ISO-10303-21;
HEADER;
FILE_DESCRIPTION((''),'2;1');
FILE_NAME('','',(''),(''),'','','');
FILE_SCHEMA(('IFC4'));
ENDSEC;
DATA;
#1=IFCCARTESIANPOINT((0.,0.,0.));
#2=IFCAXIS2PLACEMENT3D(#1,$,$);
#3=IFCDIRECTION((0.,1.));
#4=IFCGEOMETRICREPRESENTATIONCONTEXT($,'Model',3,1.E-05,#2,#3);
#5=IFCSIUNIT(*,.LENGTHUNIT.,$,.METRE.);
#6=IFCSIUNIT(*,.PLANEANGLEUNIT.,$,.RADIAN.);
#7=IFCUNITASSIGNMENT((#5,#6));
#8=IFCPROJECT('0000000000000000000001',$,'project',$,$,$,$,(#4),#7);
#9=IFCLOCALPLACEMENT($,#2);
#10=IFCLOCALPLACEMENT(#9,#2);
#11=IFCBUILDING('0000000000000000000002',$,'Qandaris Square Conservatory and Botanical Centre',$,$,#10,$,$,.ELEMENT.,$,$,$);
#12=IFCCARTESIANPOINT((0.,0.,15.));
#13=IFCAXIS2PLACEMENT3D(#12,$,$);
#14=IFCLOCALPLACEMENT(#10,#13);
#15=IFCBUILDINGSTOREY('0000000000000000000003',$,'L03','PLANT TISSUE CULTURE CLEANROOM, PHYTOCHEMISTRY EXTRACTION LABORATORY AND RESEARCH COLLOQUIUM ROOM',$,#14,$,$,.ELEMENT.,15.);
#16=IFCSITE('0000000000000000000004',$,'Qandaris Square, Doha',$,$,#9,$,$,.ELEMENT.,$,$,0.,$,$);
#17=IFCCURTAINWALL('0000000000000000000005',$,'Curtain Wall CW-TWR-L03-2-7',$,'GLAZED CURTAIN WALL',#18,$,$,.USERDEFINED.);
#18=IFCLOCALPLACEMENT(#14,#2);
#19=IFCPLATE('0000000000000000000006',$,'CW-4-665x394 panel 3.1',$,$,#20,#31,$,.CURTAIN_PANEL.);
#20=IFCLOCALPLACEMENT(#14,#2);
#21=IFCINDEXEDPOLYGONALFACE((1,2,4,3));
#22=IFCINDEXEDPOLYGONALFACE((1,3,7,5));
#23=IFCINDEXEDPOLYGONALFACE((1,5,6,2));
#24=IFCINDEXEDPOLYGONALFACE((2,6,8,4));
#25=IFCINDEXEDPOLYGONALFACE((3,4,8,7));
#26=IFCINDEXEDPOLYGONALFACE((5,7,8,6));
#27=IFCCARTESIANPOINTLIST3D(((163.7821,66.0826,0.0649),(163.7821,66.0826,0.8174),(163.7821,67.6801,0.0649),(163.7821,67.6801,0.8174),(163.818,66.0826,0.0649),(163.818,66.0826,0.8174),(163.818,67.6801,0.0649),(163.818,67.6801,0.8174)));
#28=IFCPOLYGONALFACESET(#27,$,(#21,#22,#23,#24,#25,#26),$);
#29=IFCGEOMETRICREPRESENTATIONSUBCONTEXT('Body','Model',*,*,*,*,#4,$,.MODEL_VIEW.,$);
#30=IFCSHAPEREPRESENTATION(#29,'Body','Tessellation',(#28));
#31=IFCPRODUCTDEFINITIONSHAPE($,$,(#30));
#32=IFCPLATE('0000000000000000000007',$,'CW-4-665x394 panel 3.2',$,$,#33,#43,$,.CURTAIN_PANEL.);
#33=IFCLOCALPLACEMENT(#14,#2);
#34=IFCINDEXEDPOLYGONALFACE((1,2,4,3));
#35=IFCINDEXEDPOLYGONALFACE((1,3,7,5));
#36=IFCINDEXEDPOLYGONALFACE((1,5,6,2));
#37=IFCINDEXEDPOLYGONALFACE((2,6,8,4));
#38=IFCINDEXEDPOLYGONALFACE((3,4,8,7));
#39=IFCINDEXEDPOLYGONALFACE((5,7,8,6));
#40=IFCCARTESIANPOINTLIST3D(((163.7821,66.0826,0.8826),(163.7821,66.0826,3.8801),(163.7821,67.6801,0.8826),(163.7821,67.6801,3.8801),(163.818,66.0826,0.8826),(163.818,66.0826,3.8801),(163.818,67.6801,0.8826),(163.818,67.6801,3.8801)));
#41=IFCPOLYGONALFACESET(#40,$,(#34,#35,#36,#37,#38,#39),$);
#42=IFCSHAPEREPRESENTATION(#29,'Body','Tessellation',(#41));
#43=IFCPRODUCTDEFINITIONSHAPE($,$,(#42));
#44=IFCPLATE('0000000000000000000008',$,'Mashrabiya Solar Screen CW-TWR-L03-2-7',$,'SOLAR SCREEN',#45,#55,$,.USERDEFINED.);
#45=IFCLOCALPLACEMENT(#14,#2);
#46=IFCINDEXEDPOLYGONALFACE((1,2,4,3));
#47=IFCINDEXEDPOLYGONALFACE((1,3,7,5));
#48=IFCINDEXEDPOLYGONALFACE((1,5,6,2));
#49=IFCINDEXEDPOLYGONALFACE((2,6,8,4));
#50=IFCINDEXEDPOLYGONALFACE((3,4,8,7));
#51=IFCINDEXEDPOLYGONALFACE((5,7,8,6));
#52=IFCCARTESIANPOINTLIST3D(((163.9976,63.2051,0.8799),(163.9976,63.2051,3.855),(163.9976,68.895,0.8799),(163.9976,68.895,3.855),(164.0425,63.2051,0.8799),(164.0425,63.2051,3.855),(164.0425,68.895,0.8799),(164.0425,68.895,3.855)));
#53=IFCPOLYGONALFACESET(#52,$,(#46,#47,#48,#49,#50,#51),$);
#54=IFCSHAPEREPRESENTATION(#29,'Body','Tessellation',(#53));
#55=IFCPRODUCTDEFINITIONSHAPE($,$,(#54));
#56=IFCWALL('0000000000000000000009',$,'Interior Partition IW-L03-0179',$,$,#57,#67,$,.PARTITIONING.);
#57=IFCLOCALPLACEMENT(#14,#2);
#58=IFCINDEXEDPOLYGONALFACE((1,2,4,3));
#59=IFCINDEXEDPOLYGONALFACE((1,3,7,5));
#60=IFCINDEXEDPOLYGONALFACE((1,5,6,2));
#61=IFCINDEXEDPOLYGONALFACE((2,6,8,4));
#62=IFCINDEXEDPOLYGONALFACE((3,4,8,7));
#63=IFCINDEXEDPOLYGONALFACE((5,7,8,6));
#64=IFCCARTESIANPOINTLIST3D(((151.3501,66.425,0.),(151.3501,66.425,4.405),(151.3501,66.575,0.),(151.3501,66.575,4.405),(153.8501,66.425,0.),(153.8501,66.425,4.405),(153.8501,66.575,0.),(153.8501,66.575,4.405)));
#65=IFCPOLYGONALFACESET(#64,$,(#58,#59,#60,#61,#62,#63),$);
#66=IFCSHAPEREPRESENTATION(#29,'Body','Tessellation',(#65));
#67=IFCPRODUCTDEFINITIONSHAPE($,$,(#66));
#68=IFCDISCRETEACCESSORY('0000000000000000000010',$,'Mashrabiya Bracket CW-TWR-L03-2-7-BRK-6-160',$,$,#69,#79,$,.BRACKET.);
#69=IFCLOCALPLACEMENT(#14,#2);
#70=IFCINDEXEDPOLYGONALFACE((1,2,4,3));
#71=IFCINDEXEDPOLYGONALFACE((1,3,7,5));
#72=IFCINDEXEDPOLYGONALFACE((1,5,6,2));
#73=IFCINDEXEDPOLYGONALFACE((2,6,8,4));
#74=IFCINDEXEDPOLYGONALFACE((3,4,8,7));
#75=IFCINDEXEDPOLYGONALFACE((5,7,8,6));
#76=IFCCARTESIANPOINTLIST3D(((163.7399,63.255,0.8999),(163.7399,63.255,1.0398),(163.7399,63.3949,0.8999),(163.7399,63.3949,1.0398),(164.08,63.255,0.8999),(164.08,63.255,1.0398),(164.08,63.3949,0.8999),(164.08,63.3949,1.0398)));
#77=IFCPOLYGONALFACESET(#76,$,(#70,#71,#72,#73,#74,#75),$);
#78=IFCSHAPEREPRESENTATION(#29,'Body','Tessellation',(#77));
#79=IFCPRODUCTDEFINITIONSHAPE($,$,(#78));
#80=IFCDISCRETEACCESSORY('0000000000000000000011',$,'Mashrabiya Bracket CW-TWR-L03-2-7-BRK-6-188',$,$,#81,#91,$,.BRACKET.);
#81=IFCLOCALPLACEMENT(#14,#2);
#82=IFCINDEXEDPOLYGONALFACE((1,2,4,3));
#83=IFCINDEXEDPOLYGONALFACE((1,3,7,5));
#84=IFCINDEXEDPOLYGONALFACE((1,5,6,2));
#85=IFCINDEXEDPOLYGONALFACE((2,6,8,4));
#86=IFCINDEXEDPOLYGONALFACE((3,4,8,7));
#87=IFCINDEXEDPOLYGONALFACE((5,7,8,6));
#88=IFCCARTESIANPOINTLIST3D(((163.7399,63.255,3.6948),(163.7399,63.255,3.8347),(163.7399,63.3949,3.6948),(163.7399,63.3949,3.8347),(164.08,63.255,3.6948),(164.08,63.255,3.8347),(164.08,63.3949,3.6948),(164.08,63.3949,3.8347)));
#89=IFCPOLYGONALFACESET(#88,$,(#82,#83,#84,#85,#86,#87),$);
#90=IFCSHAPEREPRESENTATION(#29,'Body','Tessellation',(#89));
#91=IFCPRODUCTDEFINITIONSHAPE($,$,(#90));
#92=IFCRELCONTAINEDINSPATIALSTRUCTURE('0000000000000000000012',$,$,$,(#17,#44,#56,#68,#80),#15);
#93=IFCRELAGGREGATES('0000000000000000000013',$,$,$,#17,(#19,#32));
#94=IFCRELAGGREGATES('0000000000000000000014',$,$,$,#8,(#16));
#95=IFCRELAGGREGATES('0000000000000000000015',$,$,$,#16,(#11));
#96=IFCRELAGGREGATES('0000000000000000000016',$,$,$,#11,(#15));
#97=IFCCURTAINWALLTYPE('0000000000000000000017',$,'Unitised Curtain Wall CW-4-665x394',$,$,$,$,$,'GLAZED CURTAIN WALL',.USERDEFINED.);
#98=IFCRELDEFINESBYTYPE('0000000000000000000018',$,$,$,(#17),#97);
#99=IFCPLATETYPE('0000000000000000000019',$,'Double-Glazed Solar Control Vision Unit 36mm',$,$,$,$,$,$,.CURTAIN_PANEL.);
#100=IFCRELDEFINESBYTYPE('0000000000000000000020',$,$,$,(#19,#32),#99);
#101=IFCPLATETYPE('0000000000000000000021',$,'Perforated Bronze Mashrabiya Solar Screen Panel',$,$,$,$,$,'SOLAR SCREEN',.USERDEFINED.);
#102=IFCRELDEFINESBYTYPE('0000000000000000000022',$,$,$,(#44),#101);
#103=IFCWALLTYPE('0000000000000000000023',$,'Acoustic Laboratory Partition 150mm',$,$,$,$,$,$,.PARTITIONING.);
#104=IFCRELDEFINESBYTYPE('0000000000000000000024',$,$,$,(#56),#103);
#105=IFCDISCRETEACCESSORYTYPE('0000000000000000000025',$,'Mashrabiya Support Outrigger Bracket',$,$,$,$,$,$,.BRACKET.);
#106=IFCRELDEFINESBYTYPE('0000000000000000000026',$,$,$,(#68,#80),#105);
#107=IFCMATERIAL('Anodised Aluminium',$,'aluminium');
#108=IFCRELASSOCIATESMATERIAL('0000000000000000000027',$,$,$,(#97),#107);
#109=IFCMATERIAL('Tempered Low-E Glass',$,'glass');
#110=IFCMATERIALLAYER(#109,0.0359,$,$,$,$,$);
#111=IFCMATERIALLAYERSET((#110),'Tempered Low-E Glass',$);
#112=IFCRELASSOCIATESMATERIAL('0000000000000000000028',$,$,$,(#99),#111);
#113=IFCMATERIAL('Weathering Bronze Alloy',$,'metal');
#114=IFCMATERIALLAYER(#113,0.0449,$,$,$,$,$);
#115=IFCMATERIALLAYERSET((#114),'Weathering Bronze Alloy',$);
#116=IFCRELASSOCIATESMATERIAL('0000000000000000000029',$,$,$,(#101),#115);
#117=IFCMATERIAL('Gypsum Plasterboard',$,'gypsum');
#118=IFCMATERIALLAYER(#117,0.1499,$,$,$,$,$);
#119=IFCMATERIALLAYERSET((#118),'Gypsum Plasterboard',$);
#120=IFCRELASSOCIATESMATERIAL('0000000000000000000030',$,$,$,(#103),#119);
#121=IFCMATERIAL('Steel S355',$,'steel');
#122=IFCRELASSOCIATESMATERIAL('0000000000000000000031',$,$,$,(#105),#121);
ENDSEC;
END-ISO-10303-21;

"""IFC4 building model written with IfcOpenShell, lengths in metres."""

from ifc_helpers import new_model, si_unit, direction, frame, frame_2d, origin, origin_2d, place, context, subcontext, project, spatial, rectangle, extrude, material, layer, layer_set, type_object, element, aggregate, save


model = new_model("IFC4")

# Units and contexts
model_context = context("Model", 3, precision=1e-05, world=origin(), true_north=direction((0.0, 1.0)))
body_context = subcontext(model_context, "Body", "Model", "MODEL_VIEW")
ifc_project = project(units=[si_unit("LENGTHUNIT", "METRE"), si_unit("PLANEANGLEUNIT", "RADIAN")], contexts=[model_context])

# Site, building, storey
site_placement = place(None, origin())
site = spatial("IfcSite", under=ifc_project, at=site_placement, Name="Qandaris Square, Doha", CompositionType="ELEMENT", RefElevation=0.0)
building_placement = place(site_placement, origin())
building = spatial("IfcBuilding", under=site, at=building_placement, Name="Qandaris Square Conservatory and Botanical Centre", CompositionType="ELEMENT")
storey_placement = place(building_placement, frame((0.0, 0.0, 15.0)))
storey = spatial("IfcBuildingStorey", under=building, at=storey_placement, Name="L03", Description="PLANT TISSUE CULTURE CLEANROOM, PHYTOCHEMISTRY EXTRACTION LABORATORY AND RESEARCH COLLOQUIUM ROOM", CompositionType="ELEMENT", Elevation=15.0)

# Shared definitions
ifc_material_1 = material(Name="Steel S355", Category="steel")

# Curtain wall
ifc_material_2 = material(Name="Anodised Aluminium", Category="aluminium")
curtain_wall_type = type_object("IfcCurtainWallType", Name="Unitised Curtain Wall CW-4-665x394", ElementType="GLAZED CURTAIN WALL", PredefinedType="USERDEFINED", material=ifc_material_2)
curtain_wall_placement = place(storey_placement, origin())
curtain_wall = element("IfcCurtainWall", 1, at=curtain_wall_placement, inside=storey, type_object=curtain_wall_type, Name="Curtain Wall CW-TWR-L03-2-7", ObjectType="GLAZED CURTAIN WALL", PredefinedType="USERDEFINED")

# Plates
ifc_material_3 = material(Name="Tempered Low-E Glass", Category="glass")
ifc_layer_1 = layer(ifc_material_3, 0.0359)
ifc_layer_set_1 = layer_set([ifc_layer_1], Name="Tempered Low-E Glass")
plate_type_1 = type_object("IfcPlateType", Name="Double-Glazed Solar Control Vision Unit 36mm", PredefinedType="CURTAIN_PANEL", material=ifc_layer_set_1)
plate_1_placement = place(storey_placement, frame((163.8, 66.8813, 0.0649), z_axis=(0.0, 0.0, 1.0), x_axis=(0.0, 1.0, 0.0)))
plate_1 = element("IfcPlate", 2, at=plate_1_placement, type_object=plate_type_1, Name="CW-4-665x394 panel 3.1", PredefinedType="CURTAIN_PANEL", context=body_context, shape_type="SweptSolid", body=[
    extrude(rectangle(XDim=1.5974, YDim=0.0359, at=origin_2d()), origin(), (0.0, 0.0, 1.0), 0.7524),
])
plate_2_placement = place(storey_placement, frame((163.8, 66.8813, 0.8826), z_axis=(0.0, 0.0, 1.0), x_axis=(0.0, 1.0, 0.0)))
plate_2 = element("IfcPlate", 3, at=plate_2_placement, type_object=plate_type_1, Name="CW-4-665x394 panel 3.2", PredefinedType="CURTAIN_PANEL", context=body_context, shape_type="SweptSolid", body=[
    extrude(rectangle(XDim=1.5974, YDim=0.0359, at=origin_2d()), origin(), (0.0, 0.0, 1.0), 2.9976),
])
aggregate(curtain_wall, [plate_1, plate_2])
ifc_material_4 = material(Name="Weathering Bronze Alloy", Category="metal")
ifc_layer_2 = layer(ifc_material_4, 0.0449)
ifc_layer_set_2 = layer_set([ifc_layer_2], Name="Weathering Bronze Alloy")
plate_type_2 = type_object("IfcPlateType", Name="Perforated Bronze Mashrabiya Solar Screen Panel", ElementType="SOLAR SCREEN", PredefinedType="USERDEFINED", material=ifc_layer_set_2)
plate_3_placement = place(storey_placement, frame((164.02, 66.05, 0.8799), z_axis=(0.0, 0.0, 1.0), x_axis=(0.0, 1.0, 0.0)))
element("IfcPlate", 4, at=plate_3_placement, inside=storey, type_object=plate_type_2, Name="Mashrabiya Solar Screen CW-TWR-L03-2-7", ObjectType="SOLAR SCREEN", PredefinedType="USERDEFINED", context=body_context, shape_type="SweptSolid", body=[
    extrude(rectangle(XDim=5.6899, YDim=0.0449, at=origin_2d()), origin(), (0.0, 0.0, 1.0), 2.9751),
])

# Wall
ifc_material_5 = material(Name="Gypsum Plasterboard", Category="gypsum")
ifc_layer_3 = layer(ifc_material_5, 0.1499)
ifc_layer_set_3 = layer_set([ifc_layer_3], Name="Gypsum Plasterboard")
wall_type = type_object("IfcWallType", Name="Acoustic Laboratory Partition 150mm", PredefinedType="PARTITIONING", material=ifc_layer_set_3)
wall_placement = place(storey_placement, frame((153.8501, 66.5, 0.0), z_axis=(0.0, 0.0, 1.0), x_axis=(-1.0, 0.0, 0.0)))
element("IfcWall", 5, at=wall_placement, inside=storey, type_object=wall_type, Name="Interior Partition IW-L03-0179", PredefinedType="PARTITIONING", context=body_context, shape_type="SweptSolid", body=[
    extrude(rectangle(XDim=2.5, YDim=0.1499, at=frame_2d((1.25, 0.0))), origin(), (0.0, 0.0, 1.0), 4.405),
])

# Discrete accessories
discrete_accessory_type = type_object("IfcDiscreteAccessoryType", Name="Mashrabiya Support Outrigger Bracket", PredefinedType="BRACKET", material=ifc_material_1)
for number, where, z_axis, x_axis, name in (
    (6, (163.9099, 63.325, 0.8999), (0.0, 0.0, 1.0), (0.0, 1.0, 0.0), "Mashrabiya Bracket CW-TWR-L03-2-7-BRK-6-160"),
    (7, (163.9099, 63.325, 3.6948), (0.0, 0.0, 1.0), (0.0, 1.0, 0.0), "Mashrabiya Bracket CW-TWR-L03-2-7-BRK-6-188"),
):
    element("IfcDiscreteAccessory", number, at=place(storey_placement, frame(where, z_axis=z_axis, x_axis=x_axis)), inside=storey, type_object=discrete_accessory_type, Name=name, PredefinedType="BRACKET", context=body_context, shape_type="SweptSolid", body=[
        extrude(rectangle(XDim=0.1399, YDim=0.3401, at=origin_2d()), origin(), (0.0, 0.0, 1.0), 0.1399),
    ])

save(model, "model.ifc")
